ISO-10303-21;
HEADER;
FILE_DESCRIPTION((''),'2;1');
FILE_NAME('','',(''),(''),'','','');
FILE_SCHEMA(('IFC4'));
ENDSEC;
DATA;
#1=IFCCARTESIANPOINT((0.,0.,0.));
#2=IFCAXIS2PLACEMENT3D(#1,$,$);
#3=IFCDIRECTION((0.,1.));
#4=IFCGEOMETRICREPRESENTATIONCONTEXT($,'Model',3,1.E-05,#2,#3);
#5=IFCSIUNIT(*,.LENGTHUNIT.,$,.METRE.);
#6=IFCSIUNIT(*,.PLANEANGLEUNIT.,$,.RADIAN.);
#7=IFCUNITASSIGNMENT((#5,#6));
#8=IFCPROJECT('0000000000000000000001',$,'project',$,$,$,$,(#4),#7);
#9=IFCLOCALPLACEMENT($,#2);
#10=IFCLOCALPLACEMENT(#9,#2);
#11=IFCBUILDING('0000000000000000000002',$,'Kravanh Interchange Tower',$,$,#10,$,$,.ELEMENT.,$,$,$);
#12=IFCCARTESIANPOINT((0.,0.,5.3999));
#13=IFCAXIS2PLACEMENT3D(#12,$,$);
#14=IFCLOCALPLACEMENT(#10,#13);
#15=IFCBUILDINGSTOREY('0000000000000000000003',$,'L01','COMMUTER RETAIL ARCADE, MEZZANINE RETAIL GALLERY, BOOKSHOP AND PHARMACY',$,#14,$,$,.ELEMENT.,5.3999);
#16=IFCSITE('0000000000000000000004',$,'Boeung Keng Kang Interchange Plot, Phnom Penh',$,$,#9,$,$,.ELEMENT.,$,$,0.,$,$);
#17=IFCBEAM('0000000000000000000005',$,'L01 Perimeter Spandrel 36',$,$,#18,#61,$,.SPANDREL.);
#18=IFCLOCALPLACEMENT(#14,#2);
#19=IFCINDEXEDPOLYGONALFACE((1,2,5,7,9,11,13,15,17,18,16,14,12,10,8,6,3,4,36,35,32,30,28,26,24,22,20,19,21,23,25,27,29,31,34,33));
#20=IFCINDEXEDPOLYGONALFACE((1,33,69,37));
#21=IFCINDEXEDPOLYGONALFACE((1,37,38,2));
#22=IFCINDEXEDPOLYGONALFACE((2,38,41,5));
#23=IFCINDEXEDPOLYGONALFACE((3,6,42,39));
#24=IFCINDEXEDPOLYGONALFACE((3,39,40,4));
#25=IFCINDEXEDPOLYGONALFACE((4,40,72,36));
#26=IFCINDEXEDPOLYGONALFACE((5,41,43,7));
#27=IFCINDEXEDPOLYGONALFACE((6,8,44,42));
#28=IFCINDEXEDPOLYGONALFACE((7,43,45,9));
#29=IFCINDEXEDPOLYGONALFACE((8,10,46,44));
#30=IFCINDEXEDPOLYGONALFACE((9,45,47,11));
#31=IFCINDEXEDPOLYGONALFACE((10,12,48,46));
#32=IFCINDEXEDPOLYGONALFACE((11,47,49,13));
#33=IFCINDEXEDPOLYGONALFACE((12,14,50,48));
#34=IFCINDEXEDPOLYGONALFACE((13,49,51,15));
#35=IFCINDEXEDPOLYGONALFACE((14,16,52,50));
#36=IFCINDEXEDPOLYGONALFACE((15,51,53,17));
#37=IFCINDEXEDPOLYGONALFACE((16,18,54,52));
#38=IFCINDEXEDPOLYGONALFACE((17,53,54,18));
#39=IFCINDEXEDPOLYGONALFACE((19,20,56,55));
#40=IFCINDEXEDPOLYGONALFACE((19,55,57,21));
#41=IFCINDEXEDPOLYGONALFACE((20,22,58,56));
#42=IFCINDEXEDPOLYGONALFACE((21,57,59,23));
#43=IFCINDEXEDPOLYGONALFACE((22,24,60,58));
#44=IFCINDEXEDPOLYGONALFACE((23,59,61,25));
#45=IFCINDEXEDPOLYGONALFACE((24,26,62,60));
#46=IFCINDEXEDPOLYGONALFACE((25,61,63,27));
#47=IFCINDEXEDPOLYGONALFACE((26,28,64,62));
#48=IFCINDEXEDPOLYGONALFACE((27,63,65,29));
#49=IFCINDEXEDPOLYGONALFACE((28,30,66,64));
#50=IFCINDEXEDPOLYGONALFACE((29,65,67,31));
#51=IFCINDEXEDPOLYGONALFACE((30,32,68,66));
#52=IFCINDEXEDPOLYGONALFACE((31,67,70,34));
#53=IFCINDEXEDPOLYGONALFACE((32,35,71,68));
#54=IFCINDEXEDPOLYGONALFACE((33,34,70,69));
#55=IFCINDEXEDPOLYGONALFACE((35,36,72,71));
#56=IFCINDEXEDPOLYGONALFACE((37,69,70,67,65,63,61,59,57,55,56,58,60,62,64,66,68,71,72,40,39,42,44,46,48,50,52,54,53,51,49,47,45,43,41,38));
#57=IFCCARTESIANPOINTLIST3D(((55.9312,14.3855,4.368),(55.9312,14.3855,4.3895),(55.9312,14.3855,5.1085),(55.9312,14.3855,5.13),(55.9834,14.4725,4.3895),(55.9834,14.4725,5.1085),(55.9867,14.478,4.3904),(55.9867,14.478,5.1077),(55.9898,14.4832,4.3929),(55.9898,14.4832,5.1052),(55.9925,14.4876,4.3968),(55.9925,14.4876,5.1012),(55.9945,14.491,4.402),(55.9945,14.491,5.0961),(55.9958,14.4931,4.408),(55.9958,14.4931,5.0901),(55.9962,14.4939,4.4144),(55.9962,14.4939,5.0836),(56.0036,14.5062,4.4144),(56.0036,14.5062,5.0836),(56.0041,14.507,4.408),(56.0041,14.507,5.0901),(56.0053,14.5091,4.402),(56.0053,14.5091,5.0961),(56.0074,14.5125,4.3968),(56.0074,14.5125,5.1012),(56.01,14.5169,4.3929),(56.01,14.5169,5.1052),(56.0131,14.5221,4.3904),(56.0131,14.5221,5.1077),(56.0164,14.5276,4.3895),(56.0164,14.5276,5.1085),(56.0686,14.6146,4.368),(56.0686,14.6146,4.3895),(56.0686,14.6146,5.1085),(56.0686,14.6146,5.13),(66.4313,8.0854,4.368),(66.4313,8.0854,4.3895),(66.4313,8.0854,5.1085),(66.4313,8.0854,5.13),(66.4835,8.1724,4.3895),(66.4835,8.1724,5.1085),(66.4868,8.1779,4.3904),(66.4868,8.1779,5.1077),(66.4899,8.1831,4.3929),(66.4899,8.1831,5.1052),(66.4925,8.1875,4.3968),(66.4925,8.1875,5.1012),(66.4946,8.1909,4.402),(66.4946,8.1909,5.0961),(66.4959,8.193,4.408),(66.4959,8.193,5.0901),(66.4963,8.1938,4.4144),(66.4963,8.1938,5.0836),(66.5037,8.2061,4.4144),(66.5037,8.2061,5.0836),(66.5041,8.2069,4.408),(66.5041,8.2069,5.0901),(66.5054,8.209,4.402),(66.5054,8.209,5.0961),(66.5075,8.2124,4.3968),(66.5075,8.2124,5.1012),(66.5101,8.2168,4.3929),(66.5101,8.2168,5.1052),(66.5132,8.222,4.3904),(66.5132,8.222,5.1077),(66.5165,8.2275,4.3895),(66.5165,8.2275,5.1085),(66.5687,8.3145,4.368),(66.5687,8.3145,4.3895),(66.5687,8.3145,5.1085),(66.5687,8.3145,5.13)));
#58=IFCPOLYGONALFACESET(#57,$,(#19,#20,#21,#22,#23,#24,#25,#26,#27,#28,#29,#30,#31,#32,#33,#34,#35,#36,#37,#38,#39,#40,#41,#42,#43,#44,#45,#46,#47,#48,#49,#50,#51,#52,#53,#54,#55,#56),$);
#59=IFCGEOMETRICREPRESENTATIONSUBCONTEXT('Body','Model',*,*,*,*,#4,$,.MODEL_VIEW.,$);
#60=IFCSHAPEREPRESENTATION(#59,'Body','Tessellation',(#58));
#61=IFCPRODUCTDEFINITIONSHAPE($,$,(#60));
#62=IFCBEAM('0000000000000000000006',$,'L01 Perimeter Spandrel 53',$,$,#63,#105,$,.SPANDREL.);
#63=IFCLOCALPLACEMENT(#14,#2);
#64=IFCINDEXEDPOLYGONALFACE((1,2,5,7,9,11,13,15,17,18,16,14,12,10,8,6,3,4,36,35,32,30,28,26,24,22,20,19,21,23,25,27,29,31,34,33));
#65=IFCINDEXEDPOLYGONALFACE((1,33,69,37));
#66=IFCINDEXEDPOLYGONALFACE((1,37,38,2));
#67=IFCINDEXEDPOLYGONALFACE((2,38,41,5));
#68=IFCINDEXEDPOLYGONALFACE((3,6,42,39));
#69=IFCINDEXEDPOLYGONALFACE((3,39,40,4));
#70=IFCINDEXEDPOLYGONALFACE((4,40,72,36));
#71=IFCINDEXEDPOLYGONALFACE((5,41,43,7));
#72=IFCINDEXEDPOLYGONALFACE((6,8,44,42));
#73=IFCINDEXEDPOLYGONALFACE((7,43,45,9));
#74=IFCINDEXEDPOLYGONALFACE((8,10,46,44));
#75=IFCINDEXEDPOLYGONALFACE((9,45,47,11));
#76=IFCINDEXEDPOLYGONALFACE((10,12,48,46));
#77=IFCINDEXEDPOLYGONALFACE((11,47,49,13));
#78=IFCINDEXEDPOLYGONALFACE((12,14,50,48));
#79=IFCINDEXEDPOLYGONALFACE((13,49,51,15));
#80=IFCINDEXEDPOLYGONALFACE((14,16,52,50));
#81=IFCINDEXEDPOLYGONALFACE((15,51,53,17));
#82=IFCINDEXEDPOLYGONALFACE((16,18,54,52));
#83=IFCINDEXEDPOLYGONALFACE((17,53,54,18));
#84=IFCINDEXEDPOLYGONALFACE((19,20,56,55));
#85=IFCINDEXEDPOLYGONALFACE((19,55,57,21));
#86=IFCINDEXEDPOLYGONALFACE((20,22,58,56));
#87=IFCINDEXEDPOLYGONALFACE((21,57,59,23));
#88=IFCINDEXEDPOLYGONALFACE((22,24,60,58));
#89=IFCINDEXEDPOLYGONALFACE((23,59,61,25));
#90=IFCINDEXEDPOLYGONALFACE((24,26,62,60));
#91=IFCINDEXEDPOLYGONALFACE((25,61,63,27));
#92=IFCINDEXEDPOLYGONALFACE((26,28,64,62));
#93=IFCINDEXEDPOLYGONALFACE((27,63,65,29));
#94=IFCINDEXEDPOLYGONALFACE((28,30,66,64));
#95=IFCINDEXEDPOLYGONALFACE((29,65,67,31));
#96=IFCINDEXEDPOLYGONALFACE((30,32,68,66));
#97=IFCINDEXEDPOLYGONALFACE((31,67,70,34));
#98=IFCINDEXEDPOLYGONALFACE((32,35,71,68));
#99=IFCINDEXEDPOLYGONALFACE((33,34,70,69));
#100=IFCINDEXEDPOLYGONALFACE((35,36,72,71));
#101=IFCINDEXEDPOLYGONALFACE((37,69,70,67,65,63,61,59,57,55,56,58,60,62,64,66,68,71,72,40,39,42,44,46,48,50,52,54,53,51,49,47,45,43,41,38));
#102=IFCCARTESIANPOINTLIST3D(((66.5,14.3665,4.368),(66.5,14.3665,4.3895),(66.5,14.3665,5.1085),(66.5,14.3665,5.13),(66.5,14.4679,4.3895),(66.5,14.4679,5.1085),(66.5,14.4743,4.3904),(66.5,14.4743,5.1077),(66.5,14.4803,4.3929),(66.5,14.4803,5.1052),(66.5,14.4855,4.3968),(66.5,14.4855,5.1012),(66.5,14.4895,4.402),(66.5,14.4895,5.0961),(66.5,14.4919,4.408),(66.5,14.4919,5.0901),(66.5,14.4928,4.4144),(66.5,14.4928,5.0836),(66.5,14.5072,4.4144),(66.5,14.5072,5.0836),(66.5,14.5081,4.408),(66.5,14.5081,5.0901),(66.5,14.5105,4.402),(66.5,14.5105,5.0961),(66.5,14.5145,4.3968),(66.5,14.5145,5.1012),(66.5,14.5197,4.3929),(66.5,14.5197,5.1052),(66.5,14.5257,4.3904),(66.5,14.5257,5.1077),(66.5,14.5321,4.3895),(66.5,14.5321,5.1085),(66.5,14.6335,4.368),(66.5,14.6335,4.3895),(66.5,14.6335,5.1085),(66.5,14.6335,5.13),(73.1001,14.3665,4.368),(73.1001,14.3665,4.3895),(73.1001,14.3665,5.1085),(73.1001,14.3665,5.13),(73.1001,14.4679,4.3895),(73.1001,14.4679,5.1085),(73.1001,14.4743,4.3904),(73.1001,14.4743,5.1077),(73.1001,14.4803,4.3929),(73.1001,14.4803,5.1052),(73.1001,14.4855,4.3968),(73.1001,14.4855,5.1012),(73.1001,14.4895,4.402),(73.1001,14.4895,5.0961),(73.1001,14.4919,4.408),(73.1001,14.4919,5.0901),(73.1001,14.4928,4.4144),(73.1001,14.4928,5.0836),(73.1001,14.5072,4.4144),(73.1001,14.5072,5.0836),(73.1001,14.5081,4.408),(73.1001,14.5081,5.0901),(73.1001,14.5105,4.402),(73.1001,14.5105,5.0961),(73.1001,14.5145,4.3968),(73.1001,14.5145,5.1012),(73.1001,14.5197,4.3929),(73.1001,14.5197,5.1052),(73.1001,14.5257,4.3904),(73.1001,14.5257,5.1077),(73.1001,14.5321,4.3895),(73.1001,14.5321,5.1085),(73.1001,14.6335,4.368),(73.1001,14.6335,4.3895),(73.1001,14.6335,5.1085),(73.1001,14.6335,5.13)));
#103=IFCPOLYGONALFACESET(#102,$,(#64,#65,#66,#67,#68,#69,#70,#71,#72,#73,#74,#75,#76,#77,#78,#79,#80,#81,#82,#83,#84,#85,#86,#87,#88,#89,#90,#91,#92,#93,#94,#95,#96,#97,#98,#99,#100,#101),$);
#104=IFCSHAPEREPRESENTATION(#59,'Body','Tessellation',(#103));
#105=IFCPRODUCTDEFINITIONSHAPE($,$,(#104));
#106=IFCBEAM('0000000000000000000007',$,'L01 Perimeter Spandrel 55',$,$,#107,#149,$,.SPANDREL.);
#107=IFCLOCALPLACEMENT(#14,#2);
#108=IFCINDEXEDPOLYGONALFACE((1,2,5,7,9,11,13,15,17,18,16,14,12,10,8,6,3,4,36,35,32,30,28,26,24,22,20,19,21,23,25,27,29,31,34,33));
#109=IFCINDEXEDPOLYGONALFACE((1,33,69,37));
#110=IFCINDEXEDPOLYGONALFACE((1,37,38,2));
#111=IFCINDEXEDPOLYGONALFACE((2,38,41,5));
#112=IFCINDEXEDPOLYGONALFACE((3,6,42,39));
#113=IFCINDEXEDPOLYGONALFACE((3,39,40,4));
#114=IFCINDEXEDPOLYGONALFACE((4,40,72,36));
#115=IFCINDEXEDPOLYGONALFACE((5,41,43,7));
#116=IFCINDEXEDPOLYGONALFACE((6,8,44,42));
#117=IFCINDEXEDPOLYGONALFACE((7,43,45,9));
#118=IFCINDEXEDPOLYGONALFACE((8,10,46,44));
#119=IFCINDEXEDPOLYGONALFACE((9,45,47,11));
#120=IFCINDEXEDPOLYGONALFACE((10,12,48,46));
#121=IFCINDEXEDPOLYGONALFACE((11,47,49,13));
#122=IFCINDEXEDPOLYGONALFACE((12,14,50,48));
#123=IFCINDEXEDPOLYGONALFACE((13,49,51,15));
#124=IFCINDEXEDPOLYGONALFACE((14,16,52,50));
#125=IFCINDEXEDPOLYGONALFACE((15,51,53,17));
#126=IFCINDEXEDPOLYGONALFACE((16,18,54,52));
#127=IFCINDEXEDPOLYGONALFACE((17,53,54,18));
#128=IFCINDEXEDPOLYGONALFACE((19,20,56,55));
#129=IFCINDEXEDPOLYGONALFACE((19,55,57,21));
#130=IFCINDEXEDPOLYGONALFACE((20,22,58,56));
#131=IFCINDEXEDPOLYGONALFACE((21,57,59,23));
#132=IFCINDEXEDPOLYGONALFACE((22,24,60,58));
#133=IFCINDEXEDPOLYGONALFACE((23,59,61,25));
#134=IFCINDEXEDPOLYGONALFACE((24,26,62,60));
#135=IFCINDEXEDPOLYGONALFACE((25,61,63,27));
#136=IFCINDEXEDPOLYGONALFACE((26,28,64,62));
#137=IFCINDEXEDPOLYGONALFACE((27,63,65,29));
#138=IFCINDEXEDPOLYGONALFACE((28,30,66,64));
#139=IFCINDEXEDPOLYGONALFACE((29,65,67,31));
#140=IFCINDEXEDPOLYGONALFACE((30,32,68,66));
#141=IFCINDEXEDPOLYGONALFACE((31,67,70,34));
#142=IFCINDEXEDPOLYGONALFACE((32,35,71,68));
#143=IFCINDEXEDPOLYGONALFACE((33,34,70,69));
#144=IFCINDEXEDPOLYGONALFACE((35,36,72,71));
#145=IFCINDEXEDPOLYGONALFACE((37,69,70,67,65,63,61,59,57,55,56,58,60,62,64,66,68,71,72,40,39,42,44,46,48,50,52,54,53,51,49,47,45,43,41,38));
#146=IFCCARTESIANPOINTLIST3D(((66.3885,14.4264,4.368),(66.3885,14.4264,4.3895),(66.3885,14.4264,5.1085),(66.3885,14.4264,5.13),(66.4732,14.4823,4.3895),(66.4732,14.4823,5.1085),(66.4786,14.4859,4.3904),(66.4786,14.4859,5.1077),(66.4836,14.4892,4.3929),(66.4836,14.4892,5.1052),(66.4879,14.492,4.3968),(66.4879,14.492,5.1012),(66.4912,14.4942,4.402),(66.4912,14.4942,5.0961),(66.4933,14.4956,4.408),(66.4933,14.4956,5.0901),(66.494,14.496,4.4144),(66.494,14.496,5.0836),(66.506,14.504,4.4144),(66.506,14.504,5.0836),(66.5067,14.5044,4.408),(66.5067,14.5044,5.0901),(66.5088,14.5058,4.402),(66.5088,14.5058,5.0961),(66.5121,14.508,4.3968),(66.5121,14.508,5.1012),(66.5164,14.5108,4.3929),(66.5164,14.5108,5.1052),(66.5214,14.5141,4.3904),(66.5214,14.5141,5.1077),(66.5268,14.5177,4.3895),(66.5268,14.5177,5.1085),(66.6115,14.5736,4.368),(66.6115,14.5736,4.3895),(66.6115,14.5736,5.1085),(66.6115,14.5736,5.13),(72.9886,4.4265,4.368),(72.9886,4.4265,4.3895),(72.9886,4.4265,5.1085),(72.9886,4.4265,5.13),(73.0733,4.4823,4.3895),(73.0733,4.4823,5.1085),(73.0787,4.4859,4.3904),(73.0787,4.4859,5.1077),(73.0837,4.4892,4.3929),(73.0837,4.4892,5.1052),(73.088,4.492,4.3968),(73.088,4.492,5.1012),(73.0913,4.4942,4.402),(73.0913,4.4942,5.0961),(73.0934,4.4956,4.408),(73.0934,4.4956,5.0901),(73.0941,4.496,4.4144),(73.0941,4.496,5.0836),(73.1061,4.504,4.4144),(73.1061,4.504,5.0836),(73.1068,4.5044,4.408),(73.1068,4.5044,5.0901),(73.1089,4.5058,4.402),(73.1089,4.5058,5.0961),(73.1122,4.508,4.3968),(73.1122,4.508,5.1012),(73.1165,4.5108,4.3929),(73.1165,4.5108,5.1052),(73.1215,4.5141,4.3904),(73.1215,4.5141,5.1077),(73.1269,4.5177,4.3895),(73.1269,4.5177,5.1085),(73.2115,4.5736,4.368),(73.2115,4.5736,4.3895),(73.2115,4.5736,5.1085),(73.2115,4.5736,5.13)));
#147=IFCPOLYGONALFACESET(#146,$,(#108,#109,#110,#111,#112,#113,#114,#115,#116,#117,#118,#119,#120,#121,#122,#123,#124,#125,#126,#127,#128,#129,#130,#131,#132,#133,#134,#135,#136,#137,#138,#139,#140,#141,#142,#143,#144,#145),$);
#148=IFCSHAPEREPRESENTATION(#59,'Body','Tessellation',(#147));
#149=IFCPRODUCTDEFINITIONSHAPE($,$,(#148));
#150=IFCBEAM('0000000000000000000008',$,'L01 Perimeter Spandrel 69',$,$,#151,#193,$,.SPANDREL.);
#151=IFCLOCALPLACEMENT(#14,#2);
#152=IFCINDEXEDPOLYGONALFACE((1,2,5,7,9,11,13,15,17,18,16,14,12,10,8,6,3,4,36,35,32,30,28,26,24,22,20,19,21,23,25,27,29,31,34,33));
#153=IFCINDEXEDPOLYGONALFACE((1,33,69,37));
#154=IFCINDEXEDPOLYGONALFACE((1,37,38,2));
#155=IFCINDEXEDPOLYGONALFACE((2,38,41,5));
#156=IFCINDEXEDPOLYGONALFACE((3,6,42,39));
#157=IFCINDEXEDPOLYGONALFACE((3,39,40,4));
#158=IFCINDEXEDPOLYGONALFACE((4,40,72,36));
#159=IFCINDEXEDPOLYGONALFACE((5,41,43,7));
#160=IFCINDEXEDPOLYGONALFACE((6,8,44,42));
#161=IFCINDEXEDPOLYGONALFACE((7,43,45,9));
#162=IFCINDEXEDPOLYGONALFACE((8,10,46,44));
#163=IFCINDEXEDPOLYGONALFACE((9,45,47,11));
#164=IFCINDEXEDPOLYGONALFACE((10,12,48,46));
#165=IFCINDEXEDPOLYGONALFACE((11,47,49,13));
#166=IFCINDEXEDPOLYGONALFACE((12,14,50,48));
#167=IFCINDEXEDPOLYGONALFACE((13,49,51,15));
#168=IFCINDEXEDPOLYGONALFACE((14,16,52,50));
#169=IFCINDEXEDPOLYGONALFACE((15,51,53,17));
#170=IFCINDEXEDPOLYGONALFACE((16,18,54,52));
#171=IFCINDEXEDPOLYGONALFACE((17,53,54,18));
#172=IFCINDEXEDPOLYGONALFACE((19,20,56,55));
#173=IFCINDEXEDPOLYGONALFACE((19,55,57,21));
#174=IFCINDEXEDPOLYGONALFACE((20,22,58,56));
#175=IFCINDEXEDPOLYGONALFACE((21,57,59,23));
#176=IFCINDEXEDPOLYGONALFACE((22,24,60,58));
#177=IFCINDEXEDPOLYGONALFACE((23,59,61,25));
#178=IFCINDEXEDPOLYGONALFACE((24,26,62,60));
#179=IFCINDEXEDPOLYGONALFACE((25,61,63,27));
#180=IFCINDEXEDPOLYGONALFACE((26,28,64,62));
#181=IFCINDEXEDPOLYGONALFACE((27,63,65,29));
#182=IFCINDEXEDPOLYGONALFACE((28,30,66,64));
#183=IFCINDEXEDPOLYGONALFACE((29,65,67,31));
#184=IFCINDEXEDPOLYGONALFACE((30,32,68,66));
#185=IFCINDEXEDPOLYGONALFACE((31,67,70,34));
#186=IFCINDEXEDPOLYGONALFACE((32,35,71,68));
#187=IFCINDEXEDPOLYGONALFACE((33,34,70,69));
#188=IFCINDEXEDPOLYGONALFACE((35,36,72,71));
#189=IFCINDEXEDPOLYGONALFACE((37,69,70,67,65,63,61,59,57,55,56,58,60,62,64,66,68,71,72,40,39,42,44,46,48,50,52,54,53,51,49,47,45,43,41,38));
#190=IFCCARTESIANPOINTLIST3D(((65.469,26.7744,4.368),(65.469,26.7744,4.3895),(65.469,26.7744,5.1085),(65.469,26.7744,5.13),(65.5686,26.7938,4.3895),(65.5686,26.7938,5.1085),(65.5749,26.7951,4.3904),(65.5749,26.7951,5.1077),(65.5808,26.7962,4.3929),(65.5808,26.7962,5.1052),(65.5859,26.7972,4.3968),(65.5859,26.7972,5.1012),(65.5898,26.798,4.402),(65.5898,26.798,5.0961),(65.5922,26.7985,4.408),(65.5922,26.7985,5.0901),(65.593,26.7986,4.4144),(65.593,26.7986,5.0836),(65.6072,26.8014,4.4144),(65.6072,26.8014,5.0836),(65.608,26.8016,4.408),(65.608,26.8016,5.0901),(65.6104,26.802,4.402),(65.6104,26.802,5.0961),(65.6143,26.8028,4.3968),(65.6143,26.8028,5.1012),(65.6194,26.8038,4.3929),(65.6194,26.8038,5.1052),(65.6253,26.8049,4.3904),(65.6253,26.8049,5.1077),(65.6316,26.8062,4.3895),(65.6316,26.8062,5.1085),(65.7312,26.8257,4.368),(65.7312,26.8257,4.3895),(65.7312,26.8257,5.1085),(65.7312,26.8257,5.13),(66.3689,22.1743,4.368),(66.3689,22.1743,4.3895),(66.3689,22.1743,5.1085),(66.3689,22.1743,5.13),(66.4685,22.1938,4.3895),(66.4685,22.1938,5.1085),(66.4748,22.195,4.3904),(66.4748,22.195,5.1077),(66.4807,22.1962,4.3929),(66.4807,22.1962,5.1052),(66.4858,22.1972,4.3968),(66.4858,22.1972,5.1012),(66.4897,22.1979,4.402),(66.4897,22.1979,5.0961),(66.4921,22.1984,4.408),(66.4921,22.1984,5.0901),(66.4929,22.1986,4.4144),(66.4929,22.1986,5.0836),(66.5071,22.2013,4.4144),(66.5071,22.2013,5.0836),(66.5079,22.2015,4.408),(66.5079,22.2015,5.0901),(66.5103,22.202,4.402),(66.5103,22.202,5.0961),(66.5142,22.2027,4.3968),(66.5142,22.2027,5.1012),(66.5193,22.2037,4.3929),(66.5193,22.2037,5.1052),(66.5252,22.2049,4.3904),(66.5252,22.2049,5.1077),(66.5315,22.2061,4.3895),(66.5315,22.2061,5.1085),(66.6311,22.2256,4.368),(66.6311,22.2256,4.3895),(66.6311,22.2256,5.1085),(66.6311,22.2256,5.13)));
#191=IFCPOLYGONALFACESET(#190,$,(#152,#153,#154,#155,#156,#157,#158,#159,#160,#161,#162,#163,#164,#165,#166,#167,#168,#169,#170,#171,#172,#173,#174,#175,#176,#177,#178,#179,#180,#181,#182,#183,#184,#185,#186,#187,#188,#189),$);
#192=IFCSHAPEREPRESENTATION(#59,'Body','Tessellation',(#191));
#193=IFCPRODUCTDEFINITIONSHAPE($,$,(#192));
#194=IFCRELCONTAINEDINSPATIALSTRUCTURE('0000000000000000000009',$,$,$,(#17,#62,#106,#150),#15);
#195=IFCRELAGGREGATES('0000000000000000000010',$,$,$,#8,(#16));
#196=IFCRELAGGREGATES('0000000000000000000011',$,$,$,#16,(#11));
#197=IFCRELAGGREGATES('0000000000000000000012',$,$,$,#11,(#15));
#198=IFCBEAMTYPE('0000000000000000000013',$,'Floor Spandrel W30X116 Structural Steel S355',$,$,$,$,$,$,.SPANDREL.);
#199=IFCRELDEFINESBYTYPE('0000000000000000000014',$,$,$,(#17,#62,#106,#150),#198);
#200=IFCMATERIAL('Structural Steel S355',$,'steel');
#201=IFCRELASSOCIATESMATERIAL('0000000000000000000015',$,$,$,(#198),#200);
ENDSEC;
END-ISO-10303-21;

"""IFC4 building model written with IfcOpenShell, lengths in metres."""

from ifc_helpers import new_model, si_unit, direction, frame, origin, origin_2d, place, context, subcontext, project, spatial, i_section, extrude, material, material_profile, profile_set, type_object, element, save


model = new_model("IFC4")

# Units and contexts
model_context = context("Model", 3, precision=1e-05, world=origin(), true_north=direction((0.0, 1.0)))
body_context = subcontext(model_context, "Body", "Model", "MODEL_VIEW")
ifc_project = project(units=[si_unit("LENGTHUNIT", "METRE"), si_unit("PLANEANGLEUNIT", "RADIAN")], contexts=[model_context])

# Site, building, storey
site_placement = place(None, origin())
site = spatial("IfcSite", under=ifc_project, at=site_placement, Name="Boeung Keng Kang Interchange Plot, Phnom Penh", CompositionType="ELEMENT", RefElevation=0.0)
building_placement = place(site_placement, origin())
building = spatial("IfcBuilding", under=site, at=building_placement, Name="Kravanh Interchange Tower", CompositionType="ELEMENT")
storey_placement = place(building_placement, frame((0.0, 0.0, 5.3999)))
storey = spatial("IfcBuildingStorey", under=building, at=storey_placement, Name="L01", Description="COMMUTER RETAIL ARCADE, MEZZANINE RETAIL GALLERY, BOOKSHOP AND PHARMACY", CompositionType="ELEMENT", Elevation=5.3999)

# Beams
ifc_material_1 = material(Name="Structural Steel S355", Category="steel")
ifc_material_profile_1 = material_profile(ifc_material_1, i_section(OverallWidth=0.2671, OverallDepth=0.762, WebThickness=0.0144, FlangeThickness=0.0215, FilletRadius=0.0249, at=origin_2d()), Name="W30X116")
ifc_profile_set_1 = profile_set([ifc_material_profile_1], Name="Structural Steel S355")
beam_type_1 = type_object("IfcBeamType", Name="Floor Spandrel W30X116 Structural Steel S355", PredefinedType="SPANDREL", material=ifc_profile_set_1)
beam_1_placement = place(storey_placement, frame((66.5, 8.2, 4.749), z_axis=(-0.857491, 0.514499, 0.0), x_axis=(-0.514499, -0.857491, 0.0)))
element("IfcBeam", 1, at=beam_1_placement, inside=storey, type_object=beam_type_1, Name="L01 Perimeter Spandrel 36", PredefinedType="SPANDREL", context=body_context, shape_type="SweptSolid", body=[
    extrude(i_section(OverallWidth=0.2671, OverallDepth=0.762, WebThickness=0.0144, FlangeThickness=0.0215, FilletRadius=0.0249, at=origin_2d()), origin(), (0.0, 0.0, 1.0), 12.2451),
])
beam_2_placement = place(storey_placement, frame((66.5, 14.5, 4.749), z_axis=(1.0, 0.0, 0.0), x_axis=(0.0, 1.0, 0.0)))
element("IfcBeam", 2, at=beam_2_placement, inside=storey, type_object=beam_type_1, Name="L01 Perimeter Spandrel 53", PredefinedType="SPANDREL", context=body_context, shape_type="SweptSolid", body=[
    extrude(i_section(OverallWidth=0.2671, OverallDepth=0.762, WebThickness=0.0144, FlangeThickness=0.0215, FilletRadius=0.0249, at=origin_2d()), origin(), (0.0, 0.0, 1.0), 6.6001),
])
beam_3_placement = place(storey_placement, frame((66.5, 14.5, 4.749), z_axis=(0.550848, -0.834606, 0.0), x_axis=(0.834606, 0.550848, 0.0)))
element("IfcBeam", 3, at=beam_3_placement, inside=storey, type_object=beam_type_1, Name="L01 Perimeter Spandrel 55", PredefinedType="SPANDREL", context=body_context, shape_type="SweptSolid", body=[
    extrude(i_section(OverallWidth=0.2671, OverallDepth=0.762, WebThickness=0.0144, FlangeThickness=0.0215, FilletRadius=0.0249, at=origin_2d()), origin(), (0.0, 0.0, 1.0), 11.9817),
])
beam_4_placement = place(storey_placement, frame((66.5, 22.2, 4.749), z_axis=(-0.191988, 0.981397, 0.0), x_axis=(-0.981397, -0.191988, 0.0)))
element("IfcBeam", 4, at=beam_4_placement, inside=storey, type_object=beam_type_1, Name="L01 Perimeter Spandrel 69", PredefinedType="SPANDREL", context=body_context, shape_type="SweptSolid", body=[
    extrude(i_section(OverallWidth=0.2671, OverallDepth=0.762, WebThickness=0.0144, FlangeThickness=0.0215, FilletRadius=0.0249, at=origin_2d()), origin(), (0.0, 0.0, 1.0), 4.6873),
])

save(model, "model.ifc")
